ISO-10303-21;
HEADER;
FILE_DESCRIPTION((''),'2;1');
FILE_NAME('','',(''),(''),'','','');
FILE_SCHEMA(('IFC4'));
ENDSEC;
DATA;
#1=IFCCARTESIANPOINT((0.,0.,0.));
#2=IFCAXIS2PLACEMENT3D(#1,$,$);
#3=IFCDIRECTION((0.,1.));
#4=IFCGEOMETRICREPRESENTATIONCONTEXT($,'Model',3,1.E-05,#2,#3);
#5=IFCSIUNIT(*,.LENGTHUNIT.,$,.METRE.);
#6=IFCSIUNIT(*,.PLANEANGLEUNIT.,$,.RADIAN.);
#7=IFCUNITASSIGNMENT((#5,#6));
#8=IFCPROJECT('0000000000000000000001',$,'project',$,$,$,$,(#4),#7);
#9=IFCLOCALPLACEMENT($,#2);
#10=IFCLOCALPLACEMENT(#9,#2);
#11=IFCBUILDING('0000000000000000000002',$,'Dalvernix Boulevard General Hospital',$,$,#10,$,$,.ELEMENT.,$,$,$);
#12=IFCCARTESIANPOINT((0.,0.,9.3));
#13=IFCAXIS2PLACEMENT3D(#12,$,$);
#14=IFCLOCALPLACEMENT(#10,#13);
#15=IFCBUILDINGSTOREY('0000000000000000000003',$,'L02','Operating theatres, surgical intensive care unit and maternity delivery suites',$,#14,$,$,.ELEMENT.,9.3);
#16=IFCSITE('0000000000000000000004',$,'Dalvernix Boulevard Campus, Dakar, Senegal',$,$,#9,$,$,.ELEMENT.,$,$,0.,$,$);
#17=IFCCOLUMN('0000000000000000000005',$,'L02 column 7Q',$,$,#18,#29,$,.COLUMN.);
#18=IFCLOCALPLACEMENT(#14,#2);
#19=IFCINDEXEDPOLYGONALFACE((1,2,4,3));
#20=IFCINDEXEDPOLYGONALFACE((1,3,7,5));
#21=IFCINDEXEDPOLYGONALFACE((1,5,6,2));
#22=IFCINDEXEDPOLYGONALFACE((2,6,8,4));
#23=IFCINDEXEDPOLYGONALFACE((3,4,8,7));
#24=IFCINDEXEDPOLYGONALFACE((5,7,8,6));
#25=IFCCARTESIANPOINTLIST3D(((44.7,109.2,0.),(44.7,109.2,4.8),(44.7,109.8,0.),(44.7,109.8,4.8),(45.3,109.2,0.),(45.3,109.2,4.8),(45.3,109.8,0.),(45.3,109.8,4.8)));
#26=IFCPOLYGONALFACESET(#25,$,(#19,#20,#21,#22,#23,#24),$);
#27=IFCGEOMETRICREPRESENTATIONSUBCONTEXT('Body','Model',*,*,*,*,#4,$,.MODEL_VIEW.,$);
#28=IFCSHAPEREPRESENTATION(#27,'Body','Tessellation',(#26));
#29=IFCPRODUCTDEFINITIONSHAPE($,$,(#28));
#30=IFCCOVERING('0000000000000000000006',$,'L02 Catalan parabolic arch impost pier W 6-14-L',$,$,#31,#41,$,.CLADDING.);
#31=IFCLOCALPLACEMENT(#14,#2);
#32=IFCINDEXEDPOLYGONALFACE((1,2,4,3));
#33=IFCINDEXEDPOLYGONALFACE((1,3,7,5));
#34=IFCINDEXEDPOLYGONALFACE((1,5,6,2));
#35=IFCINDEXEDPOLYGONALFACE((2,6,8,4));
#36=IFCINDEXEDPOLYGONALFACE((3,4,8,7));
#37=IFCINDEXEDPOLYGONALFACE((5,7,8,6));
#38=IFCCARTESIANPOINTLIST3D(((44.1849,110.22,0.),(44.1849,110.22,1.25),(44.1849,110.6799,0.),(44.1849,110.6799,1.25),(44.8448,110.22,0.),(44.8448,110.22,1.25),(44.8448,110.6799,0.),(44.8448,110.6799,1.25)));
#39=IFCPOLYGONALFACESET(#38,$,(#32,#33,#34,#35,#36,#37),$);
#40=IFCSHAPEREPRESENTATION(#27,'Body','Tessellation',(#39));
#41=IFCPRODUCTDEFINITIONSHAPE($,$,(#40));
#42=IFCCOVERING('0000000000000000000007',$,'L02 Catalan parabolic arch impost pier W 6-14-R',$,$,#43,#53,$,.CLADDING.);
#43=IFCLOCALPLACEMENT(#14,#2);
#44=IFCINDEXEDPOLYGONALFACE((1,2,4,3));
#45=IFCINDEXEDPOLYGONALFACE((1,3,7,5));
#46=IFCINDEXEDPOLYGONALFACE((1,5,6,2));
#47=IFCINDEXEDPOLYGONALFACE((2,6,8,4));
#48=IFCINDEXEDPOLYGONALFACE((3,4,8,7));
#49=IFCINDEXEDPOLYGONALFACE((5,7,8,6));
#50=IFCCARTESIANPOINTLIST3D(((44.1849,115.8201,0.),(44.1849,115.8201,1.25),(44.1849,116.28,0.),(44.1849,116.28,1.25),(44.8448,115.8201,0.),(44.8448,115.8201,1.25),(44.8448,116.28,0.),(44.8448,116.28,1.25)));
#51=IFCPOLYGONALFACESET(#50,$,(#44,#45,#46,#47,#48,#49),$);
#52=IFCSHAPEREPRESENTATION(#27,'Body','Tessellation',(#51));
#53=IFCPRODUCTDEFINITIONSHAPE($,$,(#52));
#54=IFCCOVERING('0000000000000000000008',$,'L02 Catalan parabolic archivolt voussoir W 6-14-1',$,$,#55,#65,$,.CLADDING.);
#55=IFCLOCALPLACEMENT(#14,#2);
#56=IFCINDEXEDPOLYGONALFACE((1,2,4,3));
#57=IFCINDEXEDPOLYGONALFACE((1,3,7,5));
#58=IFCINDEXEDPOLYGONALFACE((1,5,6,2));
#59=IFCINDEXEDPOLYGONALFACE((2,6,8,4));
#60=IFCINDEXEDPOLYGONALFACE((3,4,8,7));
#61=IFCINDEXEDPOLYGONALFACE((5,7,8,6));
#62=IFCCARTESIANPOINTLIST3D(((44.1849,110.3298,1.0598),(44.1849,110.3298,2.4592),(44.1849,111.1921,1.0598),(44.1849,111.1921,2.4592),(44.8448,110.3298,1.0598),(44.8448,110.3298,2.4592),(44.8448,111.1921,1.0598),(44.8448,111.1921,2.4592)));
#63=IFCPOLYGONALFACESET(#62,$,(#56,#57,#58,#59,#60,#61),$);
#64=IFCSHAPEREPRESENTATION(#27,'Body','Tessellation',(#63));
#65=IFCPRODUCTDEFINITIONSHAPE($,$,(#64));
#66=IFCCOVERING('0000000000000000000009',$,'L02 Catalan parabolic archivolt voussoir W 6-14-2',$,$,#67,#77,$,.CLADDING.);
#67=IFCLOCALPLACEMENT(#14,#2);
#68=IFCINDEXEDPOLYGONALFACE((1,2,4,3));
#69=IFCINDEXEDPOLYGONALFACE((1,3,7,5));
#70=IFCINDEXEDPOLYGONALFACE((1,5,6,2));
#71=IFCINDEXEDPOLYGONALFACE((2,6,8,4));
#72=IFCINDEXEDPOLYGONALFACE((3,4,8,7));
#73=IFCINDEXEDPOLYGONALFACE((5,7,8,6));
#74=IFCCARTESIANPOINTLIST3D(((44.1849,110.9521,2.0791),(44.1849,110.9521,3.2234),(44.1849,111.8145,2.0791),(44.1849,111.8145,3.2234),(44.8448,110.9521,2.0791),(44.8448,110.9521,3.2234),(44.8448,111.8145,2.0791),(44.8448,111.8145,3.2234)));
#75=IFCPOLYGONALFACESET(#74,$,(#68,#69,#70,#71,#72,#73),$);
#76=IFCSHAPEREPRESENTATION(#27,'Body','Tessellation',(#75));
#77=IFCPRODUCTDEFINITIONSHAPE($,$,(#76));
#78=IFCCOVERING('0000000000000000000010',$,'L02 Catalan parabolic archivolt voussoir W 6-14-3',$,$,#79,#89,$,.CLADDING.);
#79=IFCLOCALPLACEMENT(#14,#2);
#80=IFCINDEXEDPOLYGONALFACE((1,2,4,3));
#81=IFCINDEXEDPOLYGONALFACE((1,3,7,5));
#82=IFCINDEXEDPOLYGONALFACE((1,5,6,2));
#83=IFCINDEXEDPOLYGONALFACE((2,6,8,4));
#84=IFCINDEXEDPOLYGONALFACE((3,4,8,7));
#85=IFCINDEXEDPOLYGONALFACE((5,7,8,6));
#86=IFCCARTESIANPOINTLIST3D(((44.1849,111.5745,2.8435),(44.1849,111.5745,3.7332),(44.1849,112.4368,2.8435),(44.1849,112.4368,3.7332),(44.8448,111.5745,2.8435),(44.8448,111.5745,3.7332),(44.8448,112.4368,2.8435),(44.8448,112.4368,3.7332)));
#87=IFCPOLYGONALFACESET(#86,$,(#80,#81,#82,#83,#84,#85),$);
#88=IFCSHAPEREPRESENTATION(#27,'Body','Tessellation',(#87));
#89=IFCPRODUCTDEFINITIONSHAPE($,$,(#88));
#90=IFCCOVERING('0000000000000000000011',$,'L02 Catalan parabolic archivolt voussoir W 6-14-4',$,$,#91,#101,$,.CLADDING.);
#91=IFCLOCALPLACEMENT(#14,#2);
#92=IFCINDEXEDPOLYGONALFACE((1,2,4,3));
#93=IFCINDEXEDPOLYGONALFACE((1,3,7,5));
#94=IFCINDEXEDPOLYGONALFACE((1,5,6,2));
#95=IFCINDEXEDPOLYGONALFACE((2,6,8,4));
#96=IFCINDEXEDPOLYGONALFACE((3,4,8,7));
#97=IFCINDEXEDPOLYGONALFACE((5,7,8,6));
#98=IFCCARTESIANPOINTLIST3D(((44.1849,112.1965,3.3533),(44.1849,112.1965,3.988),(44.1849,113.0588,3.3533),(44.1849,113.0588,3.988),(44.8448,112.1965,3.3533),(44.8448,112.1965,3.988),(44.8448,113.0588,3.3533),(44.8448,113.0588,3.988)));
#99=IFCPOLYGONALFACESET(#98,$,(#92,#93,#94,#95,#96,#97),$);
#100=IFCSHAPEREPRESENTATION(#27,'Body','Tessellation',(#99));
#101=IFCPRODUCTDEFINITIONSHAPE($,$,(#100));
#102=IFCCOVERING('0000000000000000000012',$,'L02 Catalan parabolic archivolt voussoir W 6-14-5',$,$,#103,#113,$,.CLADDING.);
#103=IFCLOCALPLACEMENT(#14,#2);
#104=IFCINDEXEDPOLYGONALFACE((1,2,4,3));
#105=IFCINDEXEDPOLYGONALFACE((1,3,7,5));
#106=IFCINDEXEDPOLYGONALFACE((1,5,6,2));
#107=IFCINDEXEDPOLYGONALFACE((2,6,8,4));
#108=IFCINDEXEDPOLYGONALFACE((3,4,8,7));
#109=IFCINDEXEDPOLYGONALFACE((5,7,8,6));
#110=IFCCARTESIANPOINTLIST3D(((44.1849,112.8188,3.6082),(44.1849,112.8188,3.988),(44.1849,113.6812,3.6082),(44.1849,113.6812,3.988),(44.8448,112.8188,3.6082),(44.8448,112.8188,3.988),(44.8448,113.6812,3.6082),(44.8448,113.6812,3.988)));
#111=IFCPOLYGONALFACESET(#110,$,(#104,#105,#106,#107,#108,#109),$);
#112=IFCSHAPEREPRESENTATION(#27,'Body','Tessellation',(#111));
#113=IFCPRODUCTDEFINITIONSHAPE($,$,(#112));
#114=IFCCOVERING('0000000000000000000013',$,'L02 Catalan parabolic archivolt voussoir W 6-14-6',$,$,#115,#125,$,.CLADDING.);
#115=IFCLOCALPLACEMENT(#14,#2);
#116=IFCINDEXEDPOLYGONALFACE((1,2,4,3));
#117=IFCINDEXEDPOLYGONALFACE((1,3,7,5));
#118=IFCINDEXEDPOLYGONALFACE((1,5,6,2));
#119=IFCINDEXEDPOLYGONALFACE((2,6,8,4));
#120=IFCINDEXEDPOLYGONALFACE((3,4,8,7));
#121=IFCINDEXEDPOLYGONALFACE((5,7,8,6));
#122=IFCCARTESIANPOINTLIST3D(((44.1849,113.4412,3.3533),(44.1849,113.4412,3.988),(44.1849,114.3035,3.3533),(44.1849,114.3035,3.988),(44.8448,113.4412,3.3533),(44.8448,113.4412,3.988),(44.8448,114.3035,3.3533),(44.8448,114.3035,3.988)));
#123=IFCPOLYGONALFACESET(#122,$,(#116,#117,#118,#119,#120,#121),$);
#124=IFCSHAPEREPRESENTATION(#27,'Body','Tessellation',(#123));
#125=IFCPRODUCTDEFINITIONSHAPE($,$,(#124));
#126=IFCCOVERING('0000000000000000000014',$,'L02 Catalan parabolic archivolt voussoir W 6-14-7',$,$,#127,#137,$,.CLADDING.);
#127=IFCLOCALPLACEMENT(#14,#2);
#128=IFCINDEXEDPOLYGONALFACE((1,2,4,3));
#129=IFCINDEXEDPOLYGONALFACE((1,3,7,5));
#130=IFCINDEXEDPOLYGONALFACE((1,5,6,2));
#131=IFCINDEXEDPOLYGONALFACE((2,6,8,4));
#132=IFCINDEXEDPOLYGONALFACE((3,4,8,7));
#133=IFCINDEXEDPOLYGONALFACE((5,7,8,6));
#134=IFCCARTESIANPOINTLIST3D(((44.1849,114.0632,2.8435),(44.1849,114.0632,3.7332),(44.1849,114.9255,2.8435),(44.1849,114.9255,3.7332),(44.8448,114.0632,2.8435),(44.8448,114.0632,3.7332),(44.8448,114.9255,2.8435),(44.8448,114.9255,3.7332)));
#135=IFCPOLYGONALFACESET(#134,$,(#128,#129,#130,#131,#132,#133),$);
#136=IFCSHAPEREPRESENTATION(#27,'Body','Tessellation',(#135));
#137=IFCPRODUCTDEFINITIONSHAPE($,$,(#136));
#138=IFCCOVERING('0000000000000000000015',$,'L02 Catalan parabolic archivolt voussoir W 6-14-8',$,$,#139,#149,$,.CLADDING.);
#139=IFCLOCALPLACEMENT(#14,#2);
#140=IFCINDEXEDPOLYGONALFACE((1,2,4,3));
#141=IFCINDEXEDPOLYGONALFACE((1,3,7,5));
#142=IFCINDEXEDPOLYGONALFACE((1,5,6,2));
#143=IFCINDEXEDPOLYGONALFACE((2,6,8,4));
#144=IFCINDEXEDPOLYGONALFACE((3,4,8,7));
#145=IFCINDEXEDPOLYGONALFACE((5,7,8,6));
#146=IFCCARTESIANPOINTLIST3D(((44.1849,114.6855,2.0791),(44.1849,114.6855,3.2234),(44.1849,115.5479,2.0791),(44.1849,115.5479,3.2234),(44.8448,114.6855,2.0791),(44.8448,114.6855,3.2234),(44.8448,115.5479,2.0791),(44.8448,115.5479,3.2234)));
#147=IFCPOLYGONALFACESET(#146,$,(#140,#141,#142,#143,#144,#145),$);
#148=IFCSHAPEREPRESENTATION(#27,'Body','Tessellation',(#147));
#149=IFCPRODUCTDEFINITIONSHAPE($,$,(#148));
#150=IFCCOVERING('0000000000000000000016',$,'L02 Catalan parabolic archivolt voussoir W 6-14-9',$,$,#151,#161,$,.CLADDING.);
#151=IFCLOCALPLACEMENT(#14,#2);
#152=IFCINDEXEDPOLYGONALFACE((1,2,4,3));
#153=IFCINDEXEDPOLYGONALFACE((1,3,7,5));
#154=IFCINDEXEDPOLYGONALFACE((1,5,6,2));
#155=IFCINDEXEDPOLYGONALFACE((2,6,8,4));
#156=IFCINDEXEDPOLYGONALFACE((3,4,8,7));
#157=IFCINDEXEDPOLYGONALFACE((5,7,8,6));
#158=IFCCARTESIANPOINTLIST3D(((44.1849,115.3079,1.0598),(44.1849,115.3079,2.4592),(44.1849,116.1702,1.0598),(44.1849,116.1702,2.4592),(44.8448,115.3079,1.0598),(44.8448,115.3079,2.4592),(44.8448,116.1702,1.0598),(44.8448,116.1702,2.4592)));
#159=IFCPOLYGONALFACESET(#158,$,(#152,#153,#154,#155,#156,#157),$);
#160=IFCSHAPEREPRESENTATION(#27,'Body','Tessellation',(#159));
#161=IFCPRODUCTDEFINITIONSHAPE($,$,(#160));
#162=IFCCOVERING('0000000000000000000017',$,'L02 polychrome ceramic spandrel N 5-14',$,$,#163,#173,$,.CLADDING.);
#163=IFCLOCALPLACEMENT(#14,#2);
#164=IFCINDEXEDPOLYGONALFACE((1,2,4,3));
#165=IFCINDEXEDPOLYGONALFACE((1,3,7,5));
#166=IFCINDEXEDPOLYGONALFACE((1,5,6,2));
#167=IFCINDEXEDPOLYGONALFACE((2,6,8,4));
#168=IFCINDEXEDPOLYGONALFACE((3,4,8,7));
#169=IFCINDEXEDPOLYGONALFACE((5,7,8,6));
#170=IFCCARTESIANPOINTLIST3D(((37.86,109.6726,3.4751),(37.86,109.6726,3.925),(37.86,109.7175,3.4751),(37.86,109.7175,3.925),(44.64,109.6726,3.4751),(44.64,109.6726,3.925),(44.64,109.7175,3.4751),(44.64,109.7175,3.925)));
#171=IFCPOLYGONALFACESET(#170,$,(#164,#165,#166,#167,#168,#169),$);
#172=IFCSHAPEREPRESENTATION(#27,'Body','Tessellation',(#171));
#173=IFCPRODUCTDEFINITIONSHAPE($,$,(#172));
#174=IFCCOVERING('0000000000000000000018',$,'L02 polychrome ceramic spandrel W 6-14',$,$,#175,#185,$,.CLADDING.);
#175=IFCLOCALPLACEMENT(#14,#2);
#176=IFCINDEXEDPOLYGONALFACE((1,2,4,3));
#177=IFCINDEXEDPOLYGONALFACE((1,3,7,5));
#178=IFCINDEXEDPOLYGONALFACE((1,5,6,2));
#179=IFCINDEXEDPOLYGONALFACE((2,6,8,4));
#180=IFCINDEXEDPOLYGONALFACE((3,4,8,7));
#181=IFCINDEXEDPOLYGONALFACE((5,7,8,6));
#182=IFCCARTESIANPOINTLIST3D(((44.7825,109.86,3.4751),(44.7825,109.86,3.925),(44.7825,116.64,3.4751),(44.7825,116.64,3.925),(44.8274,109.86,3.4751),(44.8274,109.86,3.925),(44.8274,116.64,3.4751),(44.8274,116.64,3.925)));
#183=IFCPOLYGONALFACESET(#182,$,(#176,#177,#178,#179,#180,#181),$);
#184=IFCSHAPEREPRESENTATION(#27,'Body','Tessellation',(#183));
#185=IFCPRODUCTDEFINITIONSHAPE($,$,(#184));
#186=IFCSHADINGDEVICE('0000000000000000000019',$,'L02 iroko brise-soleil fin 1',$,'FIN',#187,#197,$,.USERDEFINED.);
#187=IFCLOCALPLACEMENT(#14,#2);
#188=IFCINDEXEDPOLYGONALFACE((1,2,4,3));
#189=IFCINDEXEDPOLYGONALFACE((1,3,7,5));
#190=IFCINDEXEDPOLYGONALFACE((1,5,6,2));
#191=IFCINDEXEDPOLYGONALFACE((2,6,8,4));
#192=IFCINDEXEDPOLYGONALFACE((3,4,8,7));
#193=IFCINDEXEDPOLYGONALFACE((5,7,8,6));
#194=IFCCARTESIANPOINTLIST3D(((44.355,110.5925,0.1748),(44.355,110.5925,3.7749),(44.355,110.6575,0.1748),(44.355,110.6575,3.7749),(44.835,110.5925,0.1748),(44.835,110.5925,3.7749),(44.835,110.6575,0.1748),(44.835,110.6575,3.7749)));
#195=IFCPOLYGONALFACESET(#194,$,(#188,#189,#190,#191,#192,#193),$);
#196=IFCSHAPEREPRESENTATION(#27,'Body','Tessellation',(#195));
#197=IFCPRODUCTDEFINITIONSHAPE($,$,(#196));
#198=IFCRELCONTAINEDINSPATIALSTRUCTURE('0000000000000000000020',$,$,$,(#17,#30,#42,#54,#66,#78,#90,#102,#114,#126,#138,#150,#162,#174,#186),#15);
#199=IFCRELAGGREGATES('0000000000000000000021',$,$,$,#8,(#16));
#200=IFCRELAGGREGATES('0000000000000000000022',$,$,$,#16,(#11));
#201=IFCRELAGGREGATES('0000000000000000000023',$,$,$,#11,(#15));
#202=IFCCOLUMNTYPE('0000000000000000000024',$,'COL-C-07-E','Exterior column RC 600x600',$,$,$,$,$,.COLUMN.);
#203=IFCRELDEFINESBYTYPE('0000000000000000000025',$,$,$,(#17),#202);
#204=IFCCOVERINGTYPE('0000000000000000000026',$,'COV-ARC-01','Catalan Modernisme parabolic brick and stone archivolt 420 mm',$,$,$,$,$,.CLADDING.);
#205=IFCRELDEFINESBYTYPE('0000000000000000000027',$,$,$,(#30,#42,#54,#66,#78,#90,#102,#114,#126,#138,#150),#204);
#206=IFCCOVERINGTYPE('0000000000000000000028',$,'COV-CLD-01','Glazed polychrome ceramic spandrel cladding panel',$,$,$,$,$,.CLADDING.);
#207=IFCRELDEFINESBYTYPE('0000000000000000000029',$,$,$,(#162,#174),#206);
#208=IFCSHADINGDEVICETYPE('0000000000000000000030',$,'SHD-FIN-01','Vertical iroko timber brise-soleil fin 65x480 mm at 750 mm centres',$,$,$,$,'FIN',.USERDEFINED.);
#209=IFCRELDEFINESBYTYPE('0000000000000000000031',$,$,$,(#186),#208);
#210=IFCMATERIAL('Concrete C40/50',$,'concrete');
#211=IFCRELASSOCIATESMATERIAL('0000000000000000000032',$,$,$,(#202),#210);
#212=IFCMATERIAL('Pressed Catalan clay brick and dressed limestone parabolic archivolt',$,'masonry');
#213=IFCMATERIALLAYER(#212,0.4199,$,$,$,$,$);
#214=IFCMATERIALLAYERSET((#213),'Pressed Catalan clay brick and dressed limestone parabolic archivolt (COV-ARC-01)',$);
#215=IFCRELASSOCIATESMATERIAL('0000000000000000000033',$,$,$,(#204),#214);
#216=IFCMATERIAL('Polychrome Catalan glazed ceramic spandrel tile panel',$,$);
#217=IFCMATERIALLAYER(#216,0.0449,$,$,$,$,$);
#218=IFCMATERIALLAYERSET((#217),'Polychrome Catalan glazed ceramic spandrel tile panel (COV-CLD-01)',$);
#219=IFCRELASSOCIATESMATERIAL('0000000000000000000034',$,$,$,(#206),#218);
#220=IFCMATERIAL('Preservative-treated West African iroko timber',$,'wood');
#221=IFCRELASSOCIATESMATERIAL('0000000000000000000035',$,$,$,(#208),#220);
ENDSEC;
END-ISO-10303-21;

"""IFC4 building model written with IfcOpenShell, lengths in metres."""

from ifc_helpers import new_model, si_unit, direction, frame, origin, origin_2d, place, context, subcontext, project, spatial, rectangle, extrude, material, layer, layer_set, material_profile, profile_set, type_object, element, save


model = new_model("IFC4")

# Units and contexts
model_context = context("Model", 3, precision=1e-05, world=origin(), true_north=direction((0.0, 1.0)))
body_context = subcontext(model_context, "Body", "Model", "MODEL_VIEW")
ifc_project = project(units=[si_unit("LENGTHUNIT", "METRE"), si_unit("PLANEANGLEUNIT", "RADIAN")], contexts=[model_context])

# Site, building, storey
site_placement = place(None, origin())
site = spatial("IfcSite", under=ifc_project, at=site_placement, Name="Dalvernix Boulevard Campus, Dakar, Senegal", CompositionType="ELEMENT", RefElevation=0.0)
building_placement = place(site_placement, origin())
building = spatial("IfcBuilding", under=site, at=building_placement, Name="Dalvernix Boulevard General Hospital", CompositionType="ELEMENT")
storey_placement = place(building_placement, frame((0.0, 0.0, 9.3)))
storey = spatial("IfcBuildingStorey", under=building, at=storey_placement, Name="L02", Description="Operating theatres, surgical intensive care unit and maternity delivery suites", CompositionType="ELEMENT", Elevation=9.3)

# Column
ifc_material_1 = material(Name="Concrete C40/50", Category="concrete")
ifc_material_profile = material_profile(ifc_material_1, rectangle(XDim=0.6001, YDim=0.6001, at=origin_2d()), Name="RC 600x600")
ifc_profile_set = profile_set([ifc_material_profile], Name="Concrete C40/50")
column_type = type_object("IfcColumnType", Name="COL-C-07-E", Description="Exterior column RC 600x600", PredefinedType="COLUMN", material=ifc_profile_set)
column_placement = place(storey_placement, frame((45.0, 109.5, 0.0), z_axis=(0.0, 0.0, 1.0), x_axis=(1.0, 0.0, 0.0)))
element("IfcColumn", 1, at=column_placement, inside=storey, type_object=column_type, Name="L02 column 7Q", PredefinedType="COLUMN", context=body_context, shape_type="SweptSolid", body=[
    extrude(rectangle(XDim=0.6001, YDim=0.6001, at=origin_2d()), origin(), (0.0, 0.0, 1.0), 4.8),
])

# Coverings
ifc_material_2 = material(Name="Pressed Catalan clay brick and dressed limestone parabolic archivolt", Category="masonry")
ifc_layer_1 = layer(ifc_material_2, 0.4199)
ifc_layer_set_1 = layer_set([ifc_layer_1], Name="Pressed Catalan clay brick and dressed limestone parabolic archivolt (COV-ARC-01)")
covering_type_1 = type_object("IfcCoveringType", Name="COV-ARC-01", Description="Catalan Modernisme parabolic brick and stone archivolt 420 mm", PredefinedType="CLADDING", material=ifc_layer_set_1)
for number, where, z_axis, x_axis, name in (
    (2, (44.5149, 110.45, 0.0), (0.0, 0.0, 1.0), (0.0, 1.0, 0.0), "L02 Catalan parabolic arch impost pier W 6-14-L"),
    (3, (44.5149, 116.05, 0.0), (0.0, 0.0, 1.0), (0.0, 1.0, 0.0), "L02 Catalan parabolic arch impost pier W 6-14-R"),
):
    element("IfcCovering", number, at=place(storey_placement, frame(where, z_axis=z_axis, x_axis=x_axis)), inside=storey, type_object=covering_type_1, Name=name, PredefinedType="CLADDING", context=body_context, shape_type="SweptSolid", body=[
        extrude(rectangle(XDim=0.46, YDim=0.6599, at=origin_2d()), origin(), (0.0, 0.0, 1.0), 1.25),
    ])
covering_1_placement = place(storey_placement, frame((44.5149, 110.761, 1.0598), z_axis=(0.0, 0.0, 1.0), x_axis=(0.0, 1.0, 0.0)))
element("IfcCovering", 4, at=covering_1_placement, inside=storey, type_object=covering_type_1, Name="L02 Catalan parabolic archivolt voussoir W 6-14-1", PredefinedType="CLADDING", context=body_context, shape_type="SweptSolid", body=[
    extrude(rectangle(XDim=0.8623, YDim=0.6599, at=origin_2d()), origin(), (0.0, 0.0, 1.0), 1.3994),
])
covering_2_placement = place(storey_placement, frame((44.5149, 111.3833, 2.0791), z_axis=(0.0, 0.0, 1.0), x_axis=(0.0, 1.0, 0.0)))
element("IfcCovering", 5, at=covering_2_placement, inside=storey, type_object=covering_type_1, Name="L02 Catalan parabolic archivolt voussoir W 6-14-2", PredefinedType="CLADDING", context=body_context, shape_type="SweptSolid", body=[
    extrude(rectangle(XDim=0.8623, YDim=0.6599, at=origin_2d()), origin(), (0.0, 0.0, 1.0), 1.1443),
])
covering_3_placement = place(storey_placement, frame((44.5149, 112.0056, 2.8435), z_axis=(0.0, 0.0, 1.0), x_axis=(0.0, 1.0, 0.0)))
element("IfcCovering", 6, at=covering_3_placement, inside=storey, type_object=covering_type_1, Name="L02 Catalan parabolic archivolt voussoir W 6-14-3", PredefinedType="CLADDING", context=body_context, shape_type="SweptSolid", body=[
    extrude(rectangle(XDim=0.8623, YDim=0.6599, at=origin_2d()), origin(), (0.0, 0.0, 1.0), 0.8896),
])
covering_4_placement = place(storey_placement, frame((44.5149, 112.6277, 3.3533), z_axis=(0.0, 0.0, 1.0), x_axis=(0.0, 1.0, 0.0)))
element("IfcCovering", 7, at=covering_4_placement, inside=storey, type_object=covering_type_1, Name="L02 Catalan parabolic archivolt voussoir W 6-14-4", PredefinedType="CLADDING", context=body_context, shape_type="SweptSolid", body=[
    extrude(rectangle(XDim=0.8623, YDim=0.6599, at=origin_2d()), origin(), (0.0, 0.0, 1.0), 0.6348),
])
covering_5_placement = place(storey_placement, frame((44.5149, 113.25, 3.6082), z_axis=(0.0, 0.0, 1.0), x_axis=(0.0, 1.0, 0.0)))
element("IfcCovering", 8, at=covering_5_placement, inside=storey, type_object=covering_type_1, Name="L02 Catalan parabolic archivolt voussoir W 6-14-5", PredefinedType="CLADDING", context=body_context, shape_type="SweptSolid", body=[
    extrude(rectangle(XDim=0.8623, YDim=0.6599, at=origin_2d()), origin(), (0.0, 0.0, 1.0), 0.3799),
])
covering_6_placement = place(storey_placement, frame((44.5149, 113.8723, 3.3533), z_axis=(0.0, 0.0, 1.0), x_axis=(0.0, 1.0, 0.0)))
element("IfcCovering", 9, at=covering_6_placement, inside=storey, type_object=covering_type_1, Name="L02 Catalan parabolic archivolt voussoir W 6-14-6", PredefinedType="CLADDING", context=body_context, shape_type="SweptSolid", body=[
    extrude(rectangle(XDim=0.8623, YDim=0.6599, at=origin_2d()), origin(), (0.0, 0.0, 1.0), 0.6348),
])
covering_7_placement = place(storey_placement, frame((44.5149, 114.4944, 2.8435), z_axis=(0.0, 0.0, 1.0), x_axis=(0.0, 1.0, 0.0)))
element("IfcCovering", 10, at=covering_7_placement, inside=storey, type_object=covering_type_1, Name="L02 Catalan parabolic archivolt voussoir W 6-14-7", PredefinedType="CLADDING", context=body_context, shape_type="SweptSolid", body=[
    extrude(rectangle(XDim=0.8623, YDim=0.6599, at=origin_2d()), origin(), (0.0, 0.0, 1.0), 0.8896),
])
covering_8_placement = place(storey_placement, frame((44.5149, 115.1167, 2.0791), z_axis=(0.0, 0.0, 1.0), x_axis=(0.0, 1.0, 0.0)))
element("IfcCovering", 11, at=covering_8_placement, inside=storey, type_object=covering_type_1, Name="L02 Catalan parabolic archivolt voussoir W 6-14-8", PredefinedType="CLADDING", context=body_context, shape_type="SweptSolid", body=[
    extrude(rectangle(XDim=0.8623, YDim=0.6599, at=origin_2d()), origin(), (0.0, 0.0, 1.0), 1.1443),
])
covering_9_placement = place(storey_placement, frame((44.5149, 115.739, 1.0598), z_axis=(0.0, 0.0, 1.0), x_axis=(0.0, 1.0, 0.0)))
element("IfcCovering", 12, at=covering_9_placement, inside=storey, type_object=covering_type_1, Name="L02 Catalan parabolic archivolt voussoir W 6-14-9", PredefinedType="CLADDING", context=body_context, shape_type="SweptSolid", body=[
    extrude(rectangle(XDim=0.8623, YDim=0.6599, at=origin_2d()), origin(), (0.0, 0.0, 1.0), 1.3994),
])
ifc_material_3 = material(Name="Polychrome Catalan glazed ceramic spandrel tile panel")
ifc_layer_2 = layer(ifc_material_3, 0.0449)
ifc_layer_set_2 = layer_set([ifc_layer_2], Name="Polychrome Catalan glazed ceramic spandrel tile panel (COV-CLD-01)")
covering_type_2 = type_object("IfcCoveringType", Name="COV-CLD-01", Description="Glazed polychrome ceramic spandrel cladding panel", PredefinedType="CLADDING", material=ifc_layer_set_2)
for number, where, z_axis, x_axis, name in (
    (13, (41.25, 109.6951, 3.4751), (0.0, 0.0, 1.0), (1.0, 0.0, 0.0), "L02 polychrome ceramic spandrel N 5-14"),
    (14, (44.8049, 113.25, 3.4751), (0.0, 0.0, 1.0), (0.0, 1.0, 0.0), "L02 polychrome ceramic spandrel W 6-14"),
):
    element("IfcCovering", number, at=place(storey_placement, frame(where, z_axis=z_axis, x_axis=x_axis)), inside=storey, type_object=covering_type_2, Name=name, PredefinedType="CLADDING", context=body_context, shape_type="SweptSolid", body=[
        extrude(rectangle(XDim=6.78, YDim=0.0449, at=origin_2d()), origin(), (0.0, 0.0, 1.0), 0.45),
    ])

# Shading device
ifc_material_4 = material(Name="Preservative-treated West African iroko timber", Category="wood")
shading_device_type_1 = type_object("IfcShadingDeviceType", Name="SHD-FIN-01", Description="Vertical iroko timber brise-soleil fin 65x480 mm at 750 mm centres", ElementType="FIN", PredefinedType="USERDEFINED", material=ifc_material_4)
for number, where, z_axis, x_axis, name in (
    (15, (44.595, 110.625, 0.1748), (0.0, 0.0, 1.0), (0.0, 1.0, 0.0), "L02 iroko brise-soleil fin 1"),
):
    element("IfcShadingDevice", number, at=place(storey_placement, frame(where, z_axis=z_axis, x_axis=x_axis)), inside=storey, type_object=shading_device_type_1, Name=name, ObjectType="FIN", PredefinedType="USERDEFINED", context=body_context, shape_type="SweptSolid", body=[
        extrude(rectangle(XDim=0.0649, YDim=0.48, at=origin_2d()), origin(), (0.0, 0.0, 1.0), 3.6001),
    ])

save(model, "model.ifc")
